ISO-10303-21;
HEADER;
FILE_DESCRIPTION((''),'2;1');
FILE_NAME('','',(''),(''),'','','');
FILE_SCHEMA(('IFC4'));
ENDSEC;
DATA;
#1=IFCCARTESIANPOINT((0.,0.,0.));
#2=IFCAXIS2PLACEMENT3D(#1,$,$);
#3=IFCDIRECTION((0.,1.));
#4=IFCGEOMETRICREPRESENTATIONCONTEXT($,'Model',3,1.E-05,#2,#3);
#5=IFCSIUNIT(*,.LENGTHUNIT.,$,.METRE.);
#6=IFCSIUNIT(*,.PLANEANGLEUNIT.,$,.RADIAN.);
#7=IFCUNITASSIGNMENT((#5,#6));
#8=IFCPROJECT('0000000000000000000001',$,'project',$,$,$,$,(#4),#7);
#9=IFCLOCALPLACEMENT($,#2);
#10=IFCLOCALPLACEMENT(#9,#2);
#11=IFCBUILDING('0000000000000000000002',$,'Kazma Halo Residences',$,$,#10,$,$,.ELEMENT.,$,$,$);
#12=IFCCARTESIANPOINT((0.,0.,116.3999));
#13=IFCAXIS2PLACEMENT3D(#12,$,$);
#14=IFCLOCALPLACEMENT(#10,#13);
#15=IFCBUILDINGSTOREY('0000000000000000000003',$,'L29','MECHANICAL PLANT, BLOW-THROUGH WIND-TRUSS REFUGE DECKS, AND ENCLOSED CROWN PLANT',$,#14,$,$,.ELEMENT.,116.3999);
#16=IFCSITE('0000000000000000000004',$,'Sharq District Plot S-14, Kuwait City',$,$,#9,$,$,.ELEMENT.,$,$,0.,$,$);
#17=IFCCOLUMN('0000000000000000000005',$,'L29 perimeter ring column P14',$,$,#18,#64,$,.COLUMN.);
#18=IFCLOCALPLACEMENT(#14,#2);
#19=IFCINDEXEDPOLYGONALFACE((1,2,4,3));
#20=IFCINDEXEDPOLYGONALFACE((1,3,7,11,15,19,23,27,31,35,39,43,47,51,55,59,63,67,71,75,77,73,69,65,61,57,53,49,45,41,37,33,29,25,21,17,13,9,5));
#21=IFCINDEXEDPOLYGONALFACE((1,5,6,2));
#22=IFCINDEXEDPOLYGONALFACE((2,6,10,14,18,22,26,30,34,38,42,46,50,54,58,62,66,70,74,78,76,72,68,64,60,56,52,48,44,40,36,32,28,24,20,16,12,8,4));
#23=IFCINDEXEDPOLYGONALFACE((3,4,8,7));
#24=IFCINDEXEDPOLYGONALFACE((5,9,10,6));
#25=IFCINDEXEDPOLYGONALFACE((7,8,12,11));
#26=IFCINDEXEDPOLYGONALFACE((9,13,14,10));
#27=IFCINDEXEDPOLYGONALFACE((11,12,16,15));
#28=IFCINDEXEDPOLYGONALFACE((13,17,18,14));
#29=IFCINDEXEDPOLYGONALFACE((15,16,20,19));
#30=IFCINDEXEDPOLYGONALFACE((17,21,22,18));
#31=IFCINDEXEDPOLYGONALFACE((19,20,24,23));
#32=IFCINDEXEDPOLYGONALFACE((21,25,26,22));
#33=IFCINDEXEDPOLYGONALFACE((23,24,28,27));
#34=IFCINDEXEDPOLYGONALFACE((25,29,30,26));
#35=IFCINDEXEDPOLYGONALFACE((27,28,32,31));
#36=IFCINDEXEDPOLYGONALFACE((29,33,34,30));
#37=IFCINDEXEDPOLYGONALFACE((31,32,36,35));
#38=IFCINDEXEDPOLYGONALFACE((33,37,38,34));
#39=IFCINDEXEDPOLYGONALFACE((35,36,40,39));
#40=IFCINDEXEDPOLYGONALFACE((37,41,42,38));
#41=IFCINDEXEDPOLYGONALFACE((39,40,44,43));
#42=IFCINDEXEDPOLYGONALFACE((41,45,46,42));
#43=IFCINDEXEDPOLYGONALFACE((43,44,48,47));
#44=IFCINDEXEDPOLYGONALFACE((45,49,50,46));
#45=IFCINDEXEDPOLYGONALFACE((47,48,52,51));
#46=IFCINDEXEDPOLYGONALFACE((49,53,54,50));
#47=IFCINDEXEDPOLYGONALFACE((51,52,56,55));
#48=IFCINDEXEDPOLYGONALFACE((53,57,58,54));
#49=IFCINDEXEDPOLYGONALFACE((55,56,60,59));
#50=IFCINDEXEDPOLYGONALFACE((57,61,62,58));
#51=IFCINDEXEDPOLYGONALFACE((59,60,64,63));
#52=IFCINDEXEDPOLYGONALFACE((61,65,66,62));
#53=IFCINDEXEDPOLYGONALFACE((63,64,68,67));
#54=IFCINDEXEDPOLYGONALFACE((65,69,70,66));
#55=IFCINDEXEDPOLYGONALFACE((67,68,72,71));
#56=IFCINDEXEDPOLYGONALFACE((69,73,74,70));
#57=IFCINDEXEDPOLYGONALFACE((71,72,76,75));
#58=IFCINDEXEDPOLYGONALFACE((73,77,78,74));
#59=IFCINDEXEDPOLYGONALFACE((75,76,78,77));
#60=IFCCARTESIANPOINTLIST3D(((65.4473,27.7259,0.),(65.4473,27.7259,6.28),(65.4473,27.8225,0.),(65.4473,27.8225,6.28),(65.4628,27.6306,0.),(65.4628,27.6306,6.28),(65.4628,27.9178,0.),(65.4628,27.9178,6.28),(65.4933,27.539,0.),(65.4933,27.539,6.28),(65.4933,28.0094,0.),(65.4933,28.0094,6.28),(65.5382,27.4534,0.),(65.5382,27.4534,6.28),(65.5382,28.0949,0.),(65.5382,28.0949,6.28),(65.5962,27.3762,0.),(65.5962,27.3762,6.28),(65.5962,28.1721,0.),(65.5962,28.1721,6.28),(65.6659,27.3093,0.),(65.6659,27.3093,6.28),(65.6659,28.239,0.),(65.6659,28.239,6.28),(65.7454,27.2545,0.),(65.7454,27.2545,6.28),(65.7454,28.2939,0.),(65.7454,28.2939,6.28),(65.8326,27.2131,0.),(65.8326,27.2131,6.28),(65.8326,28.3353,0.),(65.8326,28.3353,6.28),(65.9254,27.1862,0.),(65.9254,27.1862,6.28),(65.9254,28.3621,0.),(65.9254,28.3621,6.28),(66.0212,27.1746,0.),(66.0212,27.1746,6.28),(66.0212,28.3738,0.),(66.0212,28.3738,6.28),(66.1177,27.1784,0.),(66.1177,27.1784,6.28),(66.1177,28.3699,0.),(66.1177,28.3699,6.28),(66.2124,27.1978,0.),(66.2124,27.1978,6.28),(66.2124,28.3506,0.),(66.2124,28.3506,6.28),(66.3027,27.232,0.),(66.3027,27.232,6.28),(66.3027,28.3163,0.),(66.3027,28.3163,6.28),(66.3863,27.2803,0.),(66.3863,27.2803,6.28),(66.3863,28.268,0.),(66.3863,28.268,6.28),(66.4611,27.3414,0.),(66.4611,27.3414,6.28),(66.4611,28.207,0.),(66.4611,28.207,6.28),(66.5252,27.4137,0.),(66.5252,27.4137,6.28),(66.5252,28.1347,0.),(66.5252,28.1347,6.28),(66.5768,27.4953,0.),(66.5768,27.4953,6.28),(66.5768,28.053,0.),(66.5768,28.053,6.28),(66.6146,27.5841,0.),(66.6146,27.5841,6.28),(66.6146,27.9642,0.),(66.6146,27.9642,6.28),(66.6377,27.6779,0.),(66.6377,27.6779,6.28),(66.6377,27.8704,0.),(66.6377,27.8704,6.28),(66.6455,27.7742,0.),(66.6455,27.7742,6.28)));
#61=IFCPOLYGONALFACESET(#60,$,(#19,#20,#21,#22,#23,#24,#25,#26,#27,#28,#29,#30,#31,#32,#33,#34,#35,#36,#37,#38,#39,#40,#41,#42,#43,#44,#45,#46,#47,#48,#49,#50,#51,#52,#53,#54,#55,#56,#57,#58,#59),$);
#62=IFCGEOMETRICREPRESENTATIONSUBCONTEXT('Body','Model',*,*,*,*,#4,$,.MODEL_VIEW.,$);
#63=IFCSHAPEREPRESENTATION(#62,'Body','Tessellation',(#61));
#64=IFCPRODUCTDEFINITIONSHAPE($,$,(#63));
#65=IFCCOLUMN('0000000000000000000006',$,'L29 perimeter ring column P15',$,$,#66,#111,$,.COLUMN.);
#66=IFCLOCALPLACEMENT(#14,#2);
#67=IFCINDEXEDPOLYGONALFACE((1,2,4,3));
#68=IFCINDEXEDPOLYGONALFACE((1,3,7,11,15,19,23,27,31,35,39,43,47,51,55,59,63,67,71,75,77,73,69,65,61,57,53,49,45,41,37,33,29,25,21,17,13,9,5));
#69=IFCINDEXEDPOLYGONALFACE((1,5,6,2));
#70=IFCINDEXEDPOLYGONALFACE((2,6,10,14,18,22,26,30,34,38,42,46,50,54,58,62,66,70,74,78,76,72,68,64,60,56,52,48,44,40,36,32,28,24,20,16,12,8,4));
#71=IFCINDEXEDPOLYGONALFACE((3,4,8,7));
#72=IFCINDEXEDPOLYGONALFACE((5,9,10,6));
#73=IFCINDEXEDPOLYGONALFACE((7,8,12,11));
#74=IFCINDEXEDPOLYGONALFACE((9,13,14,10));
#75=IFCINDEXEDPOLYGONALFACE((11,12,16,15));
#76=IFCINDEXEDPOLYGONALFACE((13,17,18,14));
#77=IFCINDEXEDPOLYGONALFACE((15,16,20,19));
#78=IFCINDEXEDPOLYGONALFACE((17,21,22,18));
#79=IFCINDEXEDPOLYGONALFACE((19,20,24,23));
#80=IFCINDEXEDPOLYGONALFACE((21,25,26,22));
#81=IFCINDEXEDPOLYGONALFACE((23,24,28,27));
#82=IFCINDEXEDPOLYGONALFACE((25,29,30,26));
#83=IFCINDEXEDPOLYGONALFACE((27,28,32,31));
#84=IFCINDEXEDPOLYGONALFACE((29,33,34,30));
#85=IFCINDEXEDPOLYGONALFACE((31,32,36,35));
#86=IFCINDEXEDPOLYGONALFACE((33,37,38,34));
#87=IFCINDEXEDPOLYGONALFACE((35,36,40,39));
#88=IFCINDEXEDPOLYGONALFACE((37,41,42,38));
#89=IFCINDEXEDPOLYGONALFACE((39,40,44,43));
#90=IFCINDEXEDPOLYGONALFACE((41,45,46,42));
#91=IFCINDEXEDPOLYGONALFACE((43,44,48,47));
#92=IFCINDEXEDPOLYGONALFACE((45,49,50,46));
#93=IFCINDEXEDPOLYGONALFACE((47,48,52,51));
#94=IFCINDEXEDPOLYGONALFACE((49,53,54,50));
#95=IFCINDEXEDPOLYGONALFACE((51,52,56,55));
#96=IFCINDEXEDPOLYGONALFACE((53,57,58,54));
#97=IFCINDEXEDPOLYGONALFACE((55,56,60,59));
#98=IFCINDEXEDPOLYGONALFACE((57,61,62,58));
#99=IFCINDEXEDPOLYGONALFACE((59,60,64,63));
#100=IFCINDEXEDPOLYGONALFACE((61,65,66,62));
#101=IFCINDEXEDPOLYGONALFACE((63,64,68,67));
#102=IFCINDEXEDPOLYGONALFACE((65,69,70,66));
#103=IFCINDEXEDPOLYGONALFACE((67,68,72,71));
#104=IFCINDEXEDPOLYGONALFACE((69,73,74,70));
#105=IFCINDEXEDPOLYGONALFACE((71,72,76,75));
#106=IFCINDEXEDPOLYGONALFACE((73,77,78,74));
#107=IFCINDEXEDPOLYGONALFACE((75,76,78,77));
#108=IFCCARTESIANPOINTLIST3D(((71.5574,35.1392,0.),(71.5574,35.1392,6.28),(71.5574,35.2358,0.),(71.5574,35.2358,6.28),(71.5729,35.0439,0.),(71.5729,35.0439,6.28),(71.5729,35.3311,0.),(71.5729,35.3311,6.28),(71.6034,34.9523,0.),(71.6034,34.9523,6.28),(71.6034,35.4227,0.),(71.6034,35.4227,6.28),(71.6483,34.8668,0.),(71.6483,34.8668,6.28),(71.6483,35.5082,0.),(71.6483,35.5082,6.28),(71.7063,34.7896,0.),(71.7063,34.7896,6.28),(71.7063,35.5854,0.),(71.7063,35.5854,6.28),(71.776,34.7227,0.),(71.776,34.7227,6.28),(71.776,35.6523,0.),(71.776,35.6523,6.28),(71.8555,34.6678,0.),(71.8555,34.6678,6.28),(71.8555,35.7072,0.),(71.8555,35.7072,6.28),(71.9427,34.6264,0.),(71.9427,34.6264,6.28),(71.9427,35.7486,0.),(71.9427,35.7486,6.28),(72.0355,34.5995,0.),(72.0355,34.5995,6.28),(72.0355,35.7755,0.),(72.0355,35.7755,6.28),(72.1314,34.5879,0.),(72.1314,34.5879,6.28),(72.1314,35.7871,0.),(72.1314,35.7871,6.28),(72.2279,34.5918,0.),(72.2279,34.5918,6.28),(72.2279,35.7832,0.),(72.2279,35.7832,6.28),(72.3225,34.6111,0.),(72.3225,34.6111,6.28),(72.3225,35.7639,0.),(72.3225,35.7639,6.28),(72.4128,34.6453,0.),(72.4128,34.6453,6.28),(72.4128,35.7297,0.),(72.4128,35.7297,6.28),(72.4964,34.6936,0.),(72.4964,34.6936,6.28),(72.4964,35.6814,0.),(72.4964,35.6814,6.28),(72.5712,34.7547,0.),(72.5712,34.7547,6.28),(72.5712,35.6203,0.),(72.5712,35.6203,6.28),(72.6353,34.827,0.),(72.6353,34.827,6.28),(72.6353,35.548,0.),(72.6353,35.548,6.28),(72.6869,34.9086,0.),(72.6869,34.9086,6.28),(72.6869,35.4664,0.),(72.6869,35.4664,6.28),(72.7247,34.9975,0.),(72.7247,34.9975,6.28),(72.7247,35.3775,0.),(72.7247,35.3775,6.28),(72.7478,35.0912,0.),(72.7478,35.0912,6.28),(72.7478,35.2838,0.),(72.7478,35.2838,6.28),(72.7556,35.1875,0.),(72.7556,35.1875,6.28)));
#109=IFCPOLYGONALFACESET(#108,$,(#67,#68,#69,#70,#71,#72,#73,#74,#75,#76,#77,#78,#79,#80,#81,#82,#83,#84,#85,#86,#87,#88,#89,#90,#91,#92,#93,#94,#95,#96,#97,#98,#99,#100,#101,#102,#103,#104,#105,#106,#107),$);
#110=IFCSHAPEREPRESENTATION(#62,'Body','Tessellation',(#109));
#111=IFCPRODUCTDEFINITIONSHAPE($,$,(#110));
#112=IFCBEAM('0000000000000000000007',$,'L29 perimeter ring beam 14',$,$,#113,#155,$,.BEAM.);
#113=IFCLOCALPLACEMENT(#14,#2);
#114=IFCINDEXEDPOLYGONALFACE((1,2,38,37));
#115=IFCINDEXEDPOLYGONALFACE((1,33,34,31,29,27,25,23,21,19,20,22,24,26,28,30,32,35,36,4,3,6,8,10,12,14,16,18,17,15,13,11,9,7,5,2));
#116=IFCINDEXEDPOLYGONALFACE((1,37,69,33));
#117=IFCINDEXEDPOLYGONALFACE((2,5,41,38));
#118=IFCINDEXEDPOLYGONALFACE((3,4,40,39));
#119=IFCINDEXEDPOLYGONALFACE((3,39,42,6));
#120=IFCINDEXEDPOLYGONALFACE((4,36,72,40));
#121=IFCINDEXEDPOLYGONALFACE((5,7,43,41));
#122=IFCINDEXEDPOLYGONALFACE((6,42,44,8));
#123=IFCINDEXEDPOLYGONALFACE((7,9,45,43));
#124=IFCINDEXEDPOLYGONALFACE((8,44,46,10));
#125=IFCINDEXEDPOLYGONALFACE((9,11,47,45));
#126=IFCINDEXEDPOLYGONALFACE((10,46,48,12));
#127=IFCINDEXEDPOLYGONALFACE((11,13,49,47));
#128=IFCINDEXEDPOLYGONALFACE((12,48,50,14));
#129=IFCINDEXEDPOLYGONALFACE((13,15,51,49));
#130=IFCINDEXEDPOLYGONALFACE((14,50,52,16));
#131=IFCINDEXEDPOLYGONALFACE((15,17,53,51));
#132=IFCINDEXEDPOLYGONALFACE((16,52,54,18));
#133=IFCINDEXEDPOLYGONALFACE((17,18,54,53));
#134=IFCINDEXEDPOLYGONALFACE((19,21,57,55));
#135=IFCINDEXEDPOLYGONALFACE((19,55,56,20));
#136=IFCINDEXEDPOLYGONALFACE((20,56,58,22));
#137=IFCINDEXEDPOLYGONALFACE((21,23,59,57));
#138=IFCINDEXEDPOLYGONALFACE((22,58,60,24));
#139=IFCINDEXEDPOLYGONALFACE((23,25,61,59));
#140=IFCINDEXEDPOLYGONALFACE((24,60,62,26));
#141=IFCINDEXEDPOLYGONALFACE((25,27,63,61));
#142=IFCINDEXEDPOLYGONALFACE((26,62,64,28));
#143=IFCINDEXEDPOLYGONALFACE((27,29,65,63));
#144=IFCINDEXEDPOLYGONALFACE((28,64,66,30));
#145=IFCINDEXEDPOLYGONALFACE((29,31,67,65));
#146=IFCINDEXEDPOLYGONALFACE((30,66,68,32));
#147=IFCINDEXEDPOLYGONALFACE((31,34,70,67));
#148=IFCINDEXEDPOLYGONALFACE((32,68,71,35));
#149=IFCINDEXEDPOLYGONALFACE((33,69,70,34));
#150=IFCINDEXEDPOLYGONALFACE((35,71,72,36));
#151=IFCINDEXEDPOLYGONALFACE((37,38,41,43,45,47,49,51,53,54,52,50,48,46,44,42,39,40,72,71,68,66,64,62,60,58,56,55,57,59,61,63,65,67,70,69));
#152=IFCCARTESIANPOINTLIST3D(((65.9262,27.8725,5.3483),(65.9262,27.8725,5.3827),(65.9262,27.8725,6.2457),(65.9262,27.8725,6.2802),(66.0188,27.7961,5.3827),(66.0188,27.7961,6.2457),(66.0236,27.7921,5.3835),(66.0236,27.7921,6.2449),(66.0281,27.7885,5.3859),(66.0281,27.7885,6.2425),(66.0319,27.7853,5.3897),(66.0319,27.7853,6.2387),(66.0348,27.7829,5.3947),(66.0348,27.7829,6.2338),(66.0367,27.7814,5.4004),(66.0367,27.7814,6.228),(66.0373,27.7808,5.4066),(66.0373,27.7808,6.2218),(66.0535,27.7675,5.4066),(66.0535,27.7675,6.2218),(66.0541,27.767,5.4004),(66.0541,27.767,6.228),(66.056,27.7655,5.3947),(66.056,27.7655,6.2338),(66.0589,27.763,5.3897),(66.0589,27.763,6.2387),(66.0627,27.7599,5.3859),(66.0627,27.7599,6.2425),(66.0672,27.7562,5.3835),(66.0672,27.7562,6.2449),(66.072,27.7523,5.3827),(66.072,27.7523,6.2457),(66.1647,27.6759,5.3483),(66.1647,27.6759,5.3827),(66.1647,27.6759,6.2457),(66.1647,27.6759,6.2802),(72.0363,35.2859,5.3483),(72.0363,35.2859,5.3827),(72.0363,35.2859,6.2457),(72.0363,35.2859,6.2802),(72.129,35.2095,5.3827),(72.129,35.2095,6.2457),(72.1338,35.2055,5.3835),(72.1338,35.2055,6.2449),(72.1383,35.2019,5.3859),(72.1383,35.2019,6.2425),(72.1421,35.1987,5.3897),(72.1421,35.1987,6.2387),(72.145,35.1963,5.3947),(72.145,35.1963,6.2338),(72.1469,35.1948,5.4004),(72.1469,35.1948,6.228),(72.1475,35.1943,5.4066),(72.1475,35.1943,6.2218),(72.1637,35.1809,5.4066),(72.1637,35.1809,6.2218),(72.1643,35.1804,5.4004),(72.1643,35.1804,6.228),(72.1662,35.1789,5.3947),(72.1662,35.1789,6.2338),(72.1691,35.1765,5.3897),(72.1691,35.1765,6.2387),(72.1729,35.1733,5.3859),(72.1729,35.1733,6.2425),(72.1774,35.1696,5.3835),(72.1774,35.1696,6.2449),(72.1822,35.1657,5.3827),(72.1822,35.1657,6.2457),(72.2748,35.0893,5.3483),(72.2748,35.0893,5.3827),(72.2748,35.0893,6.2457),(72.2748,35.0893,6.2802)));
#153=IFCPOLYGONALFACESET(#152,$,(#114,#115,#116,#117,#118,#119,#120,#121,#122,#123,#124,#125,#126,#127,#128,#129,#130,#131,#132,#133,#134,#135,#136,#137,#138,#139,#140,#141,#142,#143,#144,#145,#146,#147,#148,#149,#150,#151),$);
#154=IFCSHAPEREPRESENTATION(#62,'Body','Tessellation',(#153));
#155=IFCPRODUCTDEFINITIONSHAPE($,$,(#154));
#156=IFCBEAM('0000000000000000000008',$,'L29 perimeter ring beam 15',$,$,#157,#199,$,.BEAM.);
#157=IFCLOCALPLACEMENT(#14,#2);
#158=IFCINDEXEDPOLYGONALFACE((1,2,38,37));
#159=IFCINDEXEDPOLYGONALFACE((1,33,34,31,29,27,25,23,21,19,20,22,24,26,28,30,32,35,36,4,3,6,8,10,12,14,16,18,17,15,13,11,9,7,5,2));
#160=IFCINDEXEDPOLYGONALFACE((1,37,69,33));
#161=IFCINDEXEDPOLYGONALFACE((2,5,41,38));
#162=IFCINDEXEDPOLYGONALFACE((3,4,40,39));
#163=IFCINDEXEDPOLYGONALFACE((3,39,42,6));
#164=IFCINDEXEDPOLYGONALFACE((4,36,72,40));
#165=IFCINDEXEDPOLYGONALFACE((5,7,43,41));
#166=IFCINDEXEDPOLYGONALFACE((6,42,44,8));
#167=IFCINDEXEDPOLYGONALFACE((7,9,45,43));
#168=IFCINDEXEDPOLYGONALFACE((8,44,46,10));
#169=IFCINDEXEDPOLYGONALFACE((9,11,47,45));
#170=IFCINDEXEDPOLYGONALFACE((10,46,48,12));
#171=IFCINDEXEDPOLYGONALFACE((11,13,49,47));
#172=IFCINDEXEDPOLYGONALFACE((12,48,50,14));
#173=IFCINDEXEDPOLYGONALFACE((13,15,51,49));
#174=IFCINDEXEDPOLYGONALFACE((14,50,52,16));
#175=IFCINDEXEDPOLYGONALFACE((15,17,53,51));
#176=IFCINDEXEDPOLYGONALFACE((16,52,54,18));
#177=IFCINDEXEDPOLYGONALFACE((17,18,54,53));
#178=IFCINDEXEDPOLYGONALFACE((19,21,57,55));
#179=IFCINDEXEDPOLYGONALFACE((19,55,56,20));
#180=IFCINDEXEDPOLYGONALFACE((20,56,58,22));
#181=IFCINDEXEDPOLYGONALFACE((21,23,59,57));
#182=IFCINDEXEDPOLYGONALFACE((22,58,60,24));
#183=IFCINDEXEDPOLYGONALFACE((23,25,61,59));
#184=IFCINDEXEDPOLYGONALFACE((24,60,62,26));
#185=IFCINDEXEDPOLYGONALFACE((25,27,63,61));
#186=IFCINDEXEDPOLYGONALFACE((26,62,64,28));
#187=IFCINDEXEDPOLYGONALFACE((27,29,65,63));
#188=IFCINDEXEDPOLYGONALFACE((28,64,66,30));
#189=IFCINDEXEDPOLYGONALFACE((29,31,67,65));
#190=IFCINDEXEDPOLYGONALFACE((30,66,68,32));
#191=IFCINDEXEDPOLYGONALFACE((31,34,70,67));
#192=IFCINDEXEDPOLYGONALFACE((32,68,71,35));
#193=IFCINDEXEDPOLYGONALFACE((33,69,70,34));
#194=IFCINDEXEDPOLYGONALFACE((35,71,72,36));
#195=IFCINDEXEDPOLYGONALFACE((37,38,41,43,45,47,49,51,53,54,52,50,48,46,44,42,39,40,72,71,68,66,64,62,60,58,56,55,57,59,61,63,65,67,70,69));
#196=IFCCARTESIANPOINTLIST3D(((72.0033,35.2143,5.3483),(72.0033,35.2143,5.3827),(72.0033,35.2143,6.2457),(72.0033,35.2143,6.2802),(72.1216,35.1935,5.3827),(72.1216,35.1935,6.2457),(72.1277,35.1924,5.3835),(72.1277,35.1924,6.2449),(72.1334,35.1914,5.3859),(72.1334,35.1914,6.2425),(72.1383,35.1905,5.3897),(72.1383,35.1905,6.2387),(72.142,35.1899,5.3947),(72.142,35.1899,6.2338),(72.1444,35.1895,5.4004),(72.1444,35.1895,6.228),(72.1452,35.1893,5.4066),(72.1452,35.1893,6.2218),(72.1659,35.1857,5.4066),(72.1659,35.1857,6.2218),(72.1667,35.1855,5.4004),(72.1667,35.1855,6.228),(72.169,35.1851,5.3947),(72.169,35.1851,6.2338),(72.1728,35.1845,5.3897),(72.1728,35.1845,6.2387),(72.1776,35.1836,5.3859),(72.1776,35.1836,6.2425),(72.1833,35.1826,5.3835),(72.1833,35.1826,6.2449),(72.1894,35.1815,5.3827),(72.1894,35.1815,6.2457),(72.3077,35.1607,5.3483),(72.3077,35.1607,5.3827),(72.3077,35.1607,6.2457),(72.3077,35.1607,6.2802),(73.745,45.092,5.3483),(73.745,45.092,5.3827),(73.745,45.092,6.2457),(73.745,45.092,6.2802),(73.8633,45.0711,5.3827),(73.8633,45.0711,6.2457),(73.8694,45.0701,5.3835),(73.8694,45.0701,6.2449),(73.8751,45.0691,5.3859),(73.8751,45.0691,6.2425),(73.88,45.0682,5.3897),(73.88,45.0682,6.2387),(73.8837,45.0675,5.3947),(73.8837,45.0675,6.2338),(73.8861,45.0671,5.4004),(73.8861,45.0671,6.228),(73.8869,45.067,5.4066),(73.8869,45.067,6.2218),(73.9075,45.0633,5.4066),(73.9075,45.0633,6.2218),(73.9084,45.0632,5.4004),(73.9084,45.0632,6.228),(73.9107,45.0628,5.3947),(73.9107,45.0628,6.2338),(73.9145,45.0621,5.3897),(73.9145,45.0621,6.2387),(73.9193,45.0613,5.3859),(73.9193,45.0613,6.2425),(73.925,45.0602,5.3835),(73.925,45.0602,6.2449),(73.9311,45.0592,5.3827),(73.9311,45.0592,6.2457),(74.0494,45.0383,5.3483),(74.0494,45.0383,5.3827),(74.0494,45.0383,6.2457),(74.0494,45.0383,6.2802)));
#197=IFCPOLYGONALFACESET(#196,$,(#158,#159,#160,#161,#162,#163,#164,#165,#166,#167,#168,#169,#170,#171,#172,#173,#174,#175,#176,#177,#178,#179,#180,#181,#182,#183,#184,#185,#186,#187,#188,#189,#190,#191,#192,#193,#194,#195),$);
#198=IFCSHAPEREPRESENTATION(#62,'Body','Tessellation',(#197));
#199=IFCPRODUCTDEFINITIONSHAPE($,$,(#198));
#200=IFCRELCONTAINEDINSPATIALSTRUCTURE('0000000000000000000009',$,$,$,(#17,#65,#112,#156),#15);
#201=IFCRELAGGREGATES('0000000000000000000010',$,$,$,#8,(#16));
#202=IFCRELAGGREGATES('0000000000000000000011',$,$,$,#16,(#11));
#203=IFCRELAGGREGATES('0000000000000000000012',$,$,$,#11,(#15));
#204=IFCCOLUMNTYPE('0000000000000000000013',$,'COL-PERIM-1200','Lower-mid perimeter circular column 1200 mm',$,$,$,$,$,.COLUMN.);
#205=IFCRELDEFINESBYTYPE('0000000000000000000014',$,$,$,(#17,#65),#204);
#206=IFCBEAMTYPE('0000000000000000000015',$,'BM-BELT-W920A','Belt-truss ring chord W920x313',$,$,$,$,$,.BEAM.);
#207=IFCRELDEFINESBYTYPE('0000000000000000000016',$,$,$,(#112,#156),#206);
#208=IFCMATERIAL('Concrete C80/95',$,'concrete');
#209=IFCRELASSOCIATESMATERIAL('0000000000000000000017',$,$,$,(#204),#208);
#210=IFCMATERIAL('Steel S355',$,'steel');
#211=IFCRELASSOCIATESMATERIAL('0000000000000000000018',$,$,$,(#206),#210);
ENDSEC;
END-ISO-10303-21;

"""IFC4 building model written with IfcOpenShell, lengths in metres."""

from ifc_helpers import new_model, si_unit, direction, frame, origin, origin_2d, place, context, subcontext, project, spatial, circle, i_section, extrude, material, material_profile, profile_set, type_object, element, save


model = new_model("IFC4")

# Units and contexts
model_context = context("Model", 3, precision=1e-05, world=origin(), true_north=direction((0.0, 1.0)))
body_context = subcontext(model_context, "Body", "Model", "MODEL_VIEW")
ifc_project = project(units=[si_unit("LENGTHUNIT", "METRE"), si_unit("PLANEANGLEUNIT", "RADIAN")], contexts=[model_context])

# Site, building, storey
site_placement = place(None, origin())
site = spatial("IfcSite", under=ifc_project, at=site_placement, Name="Sharq District Plot S-14, Kuwait City", CompositionType="ELEMENT", RefElevation=0.0)
building_placement = place(site_placement, origin())
building = spatial("IfcBuilding", under=site, at=building_placement, Name="Kazma Halo Residences", CompositionType="ELEMENT")
storey_placement = place(building_placement, frame((0.0, 0.0, 116.3999)))
storey = spatial("IfcBuildingStorey", under=building, at=storey_placement, Name="L29", Description="MECHANICAL PLANT, BLOW-THROUGH WIND-TRUSS REFUGE DECKS, AND ENCLOSED CROWN PLANT", CompositionType="ELEMENT", Elevation=116.3999)

# Columns
ifc_material_1 = material(Name="Concrete C80/95", Category="concrete")
ifc_material_profile_1 = material_profile(ifc_material_1, circle(Radius=0.6001, at=origin_2d()), Name="CIRC1200")
ifc_profile_set_1 = profile_set([ifc_material_profile_1], Name="Concrete C80/95")
column_type = type_object("IfcColumnType", Name="COL-PERIM-1200", Description="Lower-mid perimeter circular column 1200 mm", PredefinedType="COLUMN", material=ifc_profile_set_1)
for number, where, z_axis, x_axis, name in (
    (1, (66.0454, 27.7742, 0.0), (0.0, 0.0, 1.0), (1.0, 0.0, 0.0), "L29 perimeter ring column P14"),
    (2, (72.1555, 35.1875, 0.0), (0.0, 0.0, 1.0), (1.0, 0.0, 0.0), "L29 perimeter ring column P15"),
):
    element("IfcColumn", number, at=place(storey_placement, frame(where, z_axis=z_axis, x_axis=x_axis)), inside=storey, type_object=column_type, Name=name, PredefinedType="COLUMN", context=body_context, shape_type="SweptSolid", body=[
        extrude(circle(Radius=0.6001, at=origin_2d()), origin(), (0.0, 0.0, 1.0), 6.28),
    ])

# Beams
ifc_material_2 = material(Name="Steel S355", Category="steel")
ifc_material_profile_2 = material_profile(ifc_material_2, i_section(OverallWidth=0.3091, OverallDepth=0.9319, WebThickness=0.021, FlangeThickness=0.0344, FilletRadius=0.0239, at=origin_2d()), Name="W920x313")
ifc_profile_set_2 = profile_set([ifc_material_profile_2], Name="Steel S355")
beam_type_1 = type_object("IfcBeamType", Name="BM-BELT-W920A", Description="Belt-truss ring chord W920x313", PredefinedType="BEAM", material=ifc_profile_set_2)
beam_1_placement = place(storey_placement, frame((66.0454, 27.7742, 5.8142), z_axis=(0.636018, 0.771674, 0.0), x_axis=(-0.771674, 0.636018, 0.0)))
element("IfcBeam", 3, at=beam_1_placement, inside=storey, type_object=beam_type_1, Name="L29 perimeter ring beam 14", PredefinedType="BEAM", context=body_context, shape_type="SweptSolid", body=[
    extrude(i_section(OverallWidth=0.3091, OverallDepth=0.9319, WebThickness=0.021, FlangeThickness=0.0344, FilletRadius=0.0239, at=origin_2d()), origin(), (0.0, 0.0, 1.0), 9.6069),
])
beam_2_placement = place(storey_placement, frame((72.1555, 35.1875, 5.8142), z_axis=(0.173648, 0.984808, 0.0), x_axis=(-0.984808, 0.173648, 0.0)))
element("IfcBeam", 4, at=beam_2_placement, inside=storey, type_object=beam_type_1, Name="L29 perimeter ring beam 15", PredefinedType="BEAM", context=body_context, shape_type="SweptSolid", body=[
    extrude(i_section(OverallWidth=0.3091, OverallDepth=0.9319, WebThickness=0.021, FlangeThickness=0.0344, FilletRadius=0.0239, at=origin_2d()), origin(), (0.0, 0.0, 1.0), 10.03),
])

save(model, "model.ifc")
